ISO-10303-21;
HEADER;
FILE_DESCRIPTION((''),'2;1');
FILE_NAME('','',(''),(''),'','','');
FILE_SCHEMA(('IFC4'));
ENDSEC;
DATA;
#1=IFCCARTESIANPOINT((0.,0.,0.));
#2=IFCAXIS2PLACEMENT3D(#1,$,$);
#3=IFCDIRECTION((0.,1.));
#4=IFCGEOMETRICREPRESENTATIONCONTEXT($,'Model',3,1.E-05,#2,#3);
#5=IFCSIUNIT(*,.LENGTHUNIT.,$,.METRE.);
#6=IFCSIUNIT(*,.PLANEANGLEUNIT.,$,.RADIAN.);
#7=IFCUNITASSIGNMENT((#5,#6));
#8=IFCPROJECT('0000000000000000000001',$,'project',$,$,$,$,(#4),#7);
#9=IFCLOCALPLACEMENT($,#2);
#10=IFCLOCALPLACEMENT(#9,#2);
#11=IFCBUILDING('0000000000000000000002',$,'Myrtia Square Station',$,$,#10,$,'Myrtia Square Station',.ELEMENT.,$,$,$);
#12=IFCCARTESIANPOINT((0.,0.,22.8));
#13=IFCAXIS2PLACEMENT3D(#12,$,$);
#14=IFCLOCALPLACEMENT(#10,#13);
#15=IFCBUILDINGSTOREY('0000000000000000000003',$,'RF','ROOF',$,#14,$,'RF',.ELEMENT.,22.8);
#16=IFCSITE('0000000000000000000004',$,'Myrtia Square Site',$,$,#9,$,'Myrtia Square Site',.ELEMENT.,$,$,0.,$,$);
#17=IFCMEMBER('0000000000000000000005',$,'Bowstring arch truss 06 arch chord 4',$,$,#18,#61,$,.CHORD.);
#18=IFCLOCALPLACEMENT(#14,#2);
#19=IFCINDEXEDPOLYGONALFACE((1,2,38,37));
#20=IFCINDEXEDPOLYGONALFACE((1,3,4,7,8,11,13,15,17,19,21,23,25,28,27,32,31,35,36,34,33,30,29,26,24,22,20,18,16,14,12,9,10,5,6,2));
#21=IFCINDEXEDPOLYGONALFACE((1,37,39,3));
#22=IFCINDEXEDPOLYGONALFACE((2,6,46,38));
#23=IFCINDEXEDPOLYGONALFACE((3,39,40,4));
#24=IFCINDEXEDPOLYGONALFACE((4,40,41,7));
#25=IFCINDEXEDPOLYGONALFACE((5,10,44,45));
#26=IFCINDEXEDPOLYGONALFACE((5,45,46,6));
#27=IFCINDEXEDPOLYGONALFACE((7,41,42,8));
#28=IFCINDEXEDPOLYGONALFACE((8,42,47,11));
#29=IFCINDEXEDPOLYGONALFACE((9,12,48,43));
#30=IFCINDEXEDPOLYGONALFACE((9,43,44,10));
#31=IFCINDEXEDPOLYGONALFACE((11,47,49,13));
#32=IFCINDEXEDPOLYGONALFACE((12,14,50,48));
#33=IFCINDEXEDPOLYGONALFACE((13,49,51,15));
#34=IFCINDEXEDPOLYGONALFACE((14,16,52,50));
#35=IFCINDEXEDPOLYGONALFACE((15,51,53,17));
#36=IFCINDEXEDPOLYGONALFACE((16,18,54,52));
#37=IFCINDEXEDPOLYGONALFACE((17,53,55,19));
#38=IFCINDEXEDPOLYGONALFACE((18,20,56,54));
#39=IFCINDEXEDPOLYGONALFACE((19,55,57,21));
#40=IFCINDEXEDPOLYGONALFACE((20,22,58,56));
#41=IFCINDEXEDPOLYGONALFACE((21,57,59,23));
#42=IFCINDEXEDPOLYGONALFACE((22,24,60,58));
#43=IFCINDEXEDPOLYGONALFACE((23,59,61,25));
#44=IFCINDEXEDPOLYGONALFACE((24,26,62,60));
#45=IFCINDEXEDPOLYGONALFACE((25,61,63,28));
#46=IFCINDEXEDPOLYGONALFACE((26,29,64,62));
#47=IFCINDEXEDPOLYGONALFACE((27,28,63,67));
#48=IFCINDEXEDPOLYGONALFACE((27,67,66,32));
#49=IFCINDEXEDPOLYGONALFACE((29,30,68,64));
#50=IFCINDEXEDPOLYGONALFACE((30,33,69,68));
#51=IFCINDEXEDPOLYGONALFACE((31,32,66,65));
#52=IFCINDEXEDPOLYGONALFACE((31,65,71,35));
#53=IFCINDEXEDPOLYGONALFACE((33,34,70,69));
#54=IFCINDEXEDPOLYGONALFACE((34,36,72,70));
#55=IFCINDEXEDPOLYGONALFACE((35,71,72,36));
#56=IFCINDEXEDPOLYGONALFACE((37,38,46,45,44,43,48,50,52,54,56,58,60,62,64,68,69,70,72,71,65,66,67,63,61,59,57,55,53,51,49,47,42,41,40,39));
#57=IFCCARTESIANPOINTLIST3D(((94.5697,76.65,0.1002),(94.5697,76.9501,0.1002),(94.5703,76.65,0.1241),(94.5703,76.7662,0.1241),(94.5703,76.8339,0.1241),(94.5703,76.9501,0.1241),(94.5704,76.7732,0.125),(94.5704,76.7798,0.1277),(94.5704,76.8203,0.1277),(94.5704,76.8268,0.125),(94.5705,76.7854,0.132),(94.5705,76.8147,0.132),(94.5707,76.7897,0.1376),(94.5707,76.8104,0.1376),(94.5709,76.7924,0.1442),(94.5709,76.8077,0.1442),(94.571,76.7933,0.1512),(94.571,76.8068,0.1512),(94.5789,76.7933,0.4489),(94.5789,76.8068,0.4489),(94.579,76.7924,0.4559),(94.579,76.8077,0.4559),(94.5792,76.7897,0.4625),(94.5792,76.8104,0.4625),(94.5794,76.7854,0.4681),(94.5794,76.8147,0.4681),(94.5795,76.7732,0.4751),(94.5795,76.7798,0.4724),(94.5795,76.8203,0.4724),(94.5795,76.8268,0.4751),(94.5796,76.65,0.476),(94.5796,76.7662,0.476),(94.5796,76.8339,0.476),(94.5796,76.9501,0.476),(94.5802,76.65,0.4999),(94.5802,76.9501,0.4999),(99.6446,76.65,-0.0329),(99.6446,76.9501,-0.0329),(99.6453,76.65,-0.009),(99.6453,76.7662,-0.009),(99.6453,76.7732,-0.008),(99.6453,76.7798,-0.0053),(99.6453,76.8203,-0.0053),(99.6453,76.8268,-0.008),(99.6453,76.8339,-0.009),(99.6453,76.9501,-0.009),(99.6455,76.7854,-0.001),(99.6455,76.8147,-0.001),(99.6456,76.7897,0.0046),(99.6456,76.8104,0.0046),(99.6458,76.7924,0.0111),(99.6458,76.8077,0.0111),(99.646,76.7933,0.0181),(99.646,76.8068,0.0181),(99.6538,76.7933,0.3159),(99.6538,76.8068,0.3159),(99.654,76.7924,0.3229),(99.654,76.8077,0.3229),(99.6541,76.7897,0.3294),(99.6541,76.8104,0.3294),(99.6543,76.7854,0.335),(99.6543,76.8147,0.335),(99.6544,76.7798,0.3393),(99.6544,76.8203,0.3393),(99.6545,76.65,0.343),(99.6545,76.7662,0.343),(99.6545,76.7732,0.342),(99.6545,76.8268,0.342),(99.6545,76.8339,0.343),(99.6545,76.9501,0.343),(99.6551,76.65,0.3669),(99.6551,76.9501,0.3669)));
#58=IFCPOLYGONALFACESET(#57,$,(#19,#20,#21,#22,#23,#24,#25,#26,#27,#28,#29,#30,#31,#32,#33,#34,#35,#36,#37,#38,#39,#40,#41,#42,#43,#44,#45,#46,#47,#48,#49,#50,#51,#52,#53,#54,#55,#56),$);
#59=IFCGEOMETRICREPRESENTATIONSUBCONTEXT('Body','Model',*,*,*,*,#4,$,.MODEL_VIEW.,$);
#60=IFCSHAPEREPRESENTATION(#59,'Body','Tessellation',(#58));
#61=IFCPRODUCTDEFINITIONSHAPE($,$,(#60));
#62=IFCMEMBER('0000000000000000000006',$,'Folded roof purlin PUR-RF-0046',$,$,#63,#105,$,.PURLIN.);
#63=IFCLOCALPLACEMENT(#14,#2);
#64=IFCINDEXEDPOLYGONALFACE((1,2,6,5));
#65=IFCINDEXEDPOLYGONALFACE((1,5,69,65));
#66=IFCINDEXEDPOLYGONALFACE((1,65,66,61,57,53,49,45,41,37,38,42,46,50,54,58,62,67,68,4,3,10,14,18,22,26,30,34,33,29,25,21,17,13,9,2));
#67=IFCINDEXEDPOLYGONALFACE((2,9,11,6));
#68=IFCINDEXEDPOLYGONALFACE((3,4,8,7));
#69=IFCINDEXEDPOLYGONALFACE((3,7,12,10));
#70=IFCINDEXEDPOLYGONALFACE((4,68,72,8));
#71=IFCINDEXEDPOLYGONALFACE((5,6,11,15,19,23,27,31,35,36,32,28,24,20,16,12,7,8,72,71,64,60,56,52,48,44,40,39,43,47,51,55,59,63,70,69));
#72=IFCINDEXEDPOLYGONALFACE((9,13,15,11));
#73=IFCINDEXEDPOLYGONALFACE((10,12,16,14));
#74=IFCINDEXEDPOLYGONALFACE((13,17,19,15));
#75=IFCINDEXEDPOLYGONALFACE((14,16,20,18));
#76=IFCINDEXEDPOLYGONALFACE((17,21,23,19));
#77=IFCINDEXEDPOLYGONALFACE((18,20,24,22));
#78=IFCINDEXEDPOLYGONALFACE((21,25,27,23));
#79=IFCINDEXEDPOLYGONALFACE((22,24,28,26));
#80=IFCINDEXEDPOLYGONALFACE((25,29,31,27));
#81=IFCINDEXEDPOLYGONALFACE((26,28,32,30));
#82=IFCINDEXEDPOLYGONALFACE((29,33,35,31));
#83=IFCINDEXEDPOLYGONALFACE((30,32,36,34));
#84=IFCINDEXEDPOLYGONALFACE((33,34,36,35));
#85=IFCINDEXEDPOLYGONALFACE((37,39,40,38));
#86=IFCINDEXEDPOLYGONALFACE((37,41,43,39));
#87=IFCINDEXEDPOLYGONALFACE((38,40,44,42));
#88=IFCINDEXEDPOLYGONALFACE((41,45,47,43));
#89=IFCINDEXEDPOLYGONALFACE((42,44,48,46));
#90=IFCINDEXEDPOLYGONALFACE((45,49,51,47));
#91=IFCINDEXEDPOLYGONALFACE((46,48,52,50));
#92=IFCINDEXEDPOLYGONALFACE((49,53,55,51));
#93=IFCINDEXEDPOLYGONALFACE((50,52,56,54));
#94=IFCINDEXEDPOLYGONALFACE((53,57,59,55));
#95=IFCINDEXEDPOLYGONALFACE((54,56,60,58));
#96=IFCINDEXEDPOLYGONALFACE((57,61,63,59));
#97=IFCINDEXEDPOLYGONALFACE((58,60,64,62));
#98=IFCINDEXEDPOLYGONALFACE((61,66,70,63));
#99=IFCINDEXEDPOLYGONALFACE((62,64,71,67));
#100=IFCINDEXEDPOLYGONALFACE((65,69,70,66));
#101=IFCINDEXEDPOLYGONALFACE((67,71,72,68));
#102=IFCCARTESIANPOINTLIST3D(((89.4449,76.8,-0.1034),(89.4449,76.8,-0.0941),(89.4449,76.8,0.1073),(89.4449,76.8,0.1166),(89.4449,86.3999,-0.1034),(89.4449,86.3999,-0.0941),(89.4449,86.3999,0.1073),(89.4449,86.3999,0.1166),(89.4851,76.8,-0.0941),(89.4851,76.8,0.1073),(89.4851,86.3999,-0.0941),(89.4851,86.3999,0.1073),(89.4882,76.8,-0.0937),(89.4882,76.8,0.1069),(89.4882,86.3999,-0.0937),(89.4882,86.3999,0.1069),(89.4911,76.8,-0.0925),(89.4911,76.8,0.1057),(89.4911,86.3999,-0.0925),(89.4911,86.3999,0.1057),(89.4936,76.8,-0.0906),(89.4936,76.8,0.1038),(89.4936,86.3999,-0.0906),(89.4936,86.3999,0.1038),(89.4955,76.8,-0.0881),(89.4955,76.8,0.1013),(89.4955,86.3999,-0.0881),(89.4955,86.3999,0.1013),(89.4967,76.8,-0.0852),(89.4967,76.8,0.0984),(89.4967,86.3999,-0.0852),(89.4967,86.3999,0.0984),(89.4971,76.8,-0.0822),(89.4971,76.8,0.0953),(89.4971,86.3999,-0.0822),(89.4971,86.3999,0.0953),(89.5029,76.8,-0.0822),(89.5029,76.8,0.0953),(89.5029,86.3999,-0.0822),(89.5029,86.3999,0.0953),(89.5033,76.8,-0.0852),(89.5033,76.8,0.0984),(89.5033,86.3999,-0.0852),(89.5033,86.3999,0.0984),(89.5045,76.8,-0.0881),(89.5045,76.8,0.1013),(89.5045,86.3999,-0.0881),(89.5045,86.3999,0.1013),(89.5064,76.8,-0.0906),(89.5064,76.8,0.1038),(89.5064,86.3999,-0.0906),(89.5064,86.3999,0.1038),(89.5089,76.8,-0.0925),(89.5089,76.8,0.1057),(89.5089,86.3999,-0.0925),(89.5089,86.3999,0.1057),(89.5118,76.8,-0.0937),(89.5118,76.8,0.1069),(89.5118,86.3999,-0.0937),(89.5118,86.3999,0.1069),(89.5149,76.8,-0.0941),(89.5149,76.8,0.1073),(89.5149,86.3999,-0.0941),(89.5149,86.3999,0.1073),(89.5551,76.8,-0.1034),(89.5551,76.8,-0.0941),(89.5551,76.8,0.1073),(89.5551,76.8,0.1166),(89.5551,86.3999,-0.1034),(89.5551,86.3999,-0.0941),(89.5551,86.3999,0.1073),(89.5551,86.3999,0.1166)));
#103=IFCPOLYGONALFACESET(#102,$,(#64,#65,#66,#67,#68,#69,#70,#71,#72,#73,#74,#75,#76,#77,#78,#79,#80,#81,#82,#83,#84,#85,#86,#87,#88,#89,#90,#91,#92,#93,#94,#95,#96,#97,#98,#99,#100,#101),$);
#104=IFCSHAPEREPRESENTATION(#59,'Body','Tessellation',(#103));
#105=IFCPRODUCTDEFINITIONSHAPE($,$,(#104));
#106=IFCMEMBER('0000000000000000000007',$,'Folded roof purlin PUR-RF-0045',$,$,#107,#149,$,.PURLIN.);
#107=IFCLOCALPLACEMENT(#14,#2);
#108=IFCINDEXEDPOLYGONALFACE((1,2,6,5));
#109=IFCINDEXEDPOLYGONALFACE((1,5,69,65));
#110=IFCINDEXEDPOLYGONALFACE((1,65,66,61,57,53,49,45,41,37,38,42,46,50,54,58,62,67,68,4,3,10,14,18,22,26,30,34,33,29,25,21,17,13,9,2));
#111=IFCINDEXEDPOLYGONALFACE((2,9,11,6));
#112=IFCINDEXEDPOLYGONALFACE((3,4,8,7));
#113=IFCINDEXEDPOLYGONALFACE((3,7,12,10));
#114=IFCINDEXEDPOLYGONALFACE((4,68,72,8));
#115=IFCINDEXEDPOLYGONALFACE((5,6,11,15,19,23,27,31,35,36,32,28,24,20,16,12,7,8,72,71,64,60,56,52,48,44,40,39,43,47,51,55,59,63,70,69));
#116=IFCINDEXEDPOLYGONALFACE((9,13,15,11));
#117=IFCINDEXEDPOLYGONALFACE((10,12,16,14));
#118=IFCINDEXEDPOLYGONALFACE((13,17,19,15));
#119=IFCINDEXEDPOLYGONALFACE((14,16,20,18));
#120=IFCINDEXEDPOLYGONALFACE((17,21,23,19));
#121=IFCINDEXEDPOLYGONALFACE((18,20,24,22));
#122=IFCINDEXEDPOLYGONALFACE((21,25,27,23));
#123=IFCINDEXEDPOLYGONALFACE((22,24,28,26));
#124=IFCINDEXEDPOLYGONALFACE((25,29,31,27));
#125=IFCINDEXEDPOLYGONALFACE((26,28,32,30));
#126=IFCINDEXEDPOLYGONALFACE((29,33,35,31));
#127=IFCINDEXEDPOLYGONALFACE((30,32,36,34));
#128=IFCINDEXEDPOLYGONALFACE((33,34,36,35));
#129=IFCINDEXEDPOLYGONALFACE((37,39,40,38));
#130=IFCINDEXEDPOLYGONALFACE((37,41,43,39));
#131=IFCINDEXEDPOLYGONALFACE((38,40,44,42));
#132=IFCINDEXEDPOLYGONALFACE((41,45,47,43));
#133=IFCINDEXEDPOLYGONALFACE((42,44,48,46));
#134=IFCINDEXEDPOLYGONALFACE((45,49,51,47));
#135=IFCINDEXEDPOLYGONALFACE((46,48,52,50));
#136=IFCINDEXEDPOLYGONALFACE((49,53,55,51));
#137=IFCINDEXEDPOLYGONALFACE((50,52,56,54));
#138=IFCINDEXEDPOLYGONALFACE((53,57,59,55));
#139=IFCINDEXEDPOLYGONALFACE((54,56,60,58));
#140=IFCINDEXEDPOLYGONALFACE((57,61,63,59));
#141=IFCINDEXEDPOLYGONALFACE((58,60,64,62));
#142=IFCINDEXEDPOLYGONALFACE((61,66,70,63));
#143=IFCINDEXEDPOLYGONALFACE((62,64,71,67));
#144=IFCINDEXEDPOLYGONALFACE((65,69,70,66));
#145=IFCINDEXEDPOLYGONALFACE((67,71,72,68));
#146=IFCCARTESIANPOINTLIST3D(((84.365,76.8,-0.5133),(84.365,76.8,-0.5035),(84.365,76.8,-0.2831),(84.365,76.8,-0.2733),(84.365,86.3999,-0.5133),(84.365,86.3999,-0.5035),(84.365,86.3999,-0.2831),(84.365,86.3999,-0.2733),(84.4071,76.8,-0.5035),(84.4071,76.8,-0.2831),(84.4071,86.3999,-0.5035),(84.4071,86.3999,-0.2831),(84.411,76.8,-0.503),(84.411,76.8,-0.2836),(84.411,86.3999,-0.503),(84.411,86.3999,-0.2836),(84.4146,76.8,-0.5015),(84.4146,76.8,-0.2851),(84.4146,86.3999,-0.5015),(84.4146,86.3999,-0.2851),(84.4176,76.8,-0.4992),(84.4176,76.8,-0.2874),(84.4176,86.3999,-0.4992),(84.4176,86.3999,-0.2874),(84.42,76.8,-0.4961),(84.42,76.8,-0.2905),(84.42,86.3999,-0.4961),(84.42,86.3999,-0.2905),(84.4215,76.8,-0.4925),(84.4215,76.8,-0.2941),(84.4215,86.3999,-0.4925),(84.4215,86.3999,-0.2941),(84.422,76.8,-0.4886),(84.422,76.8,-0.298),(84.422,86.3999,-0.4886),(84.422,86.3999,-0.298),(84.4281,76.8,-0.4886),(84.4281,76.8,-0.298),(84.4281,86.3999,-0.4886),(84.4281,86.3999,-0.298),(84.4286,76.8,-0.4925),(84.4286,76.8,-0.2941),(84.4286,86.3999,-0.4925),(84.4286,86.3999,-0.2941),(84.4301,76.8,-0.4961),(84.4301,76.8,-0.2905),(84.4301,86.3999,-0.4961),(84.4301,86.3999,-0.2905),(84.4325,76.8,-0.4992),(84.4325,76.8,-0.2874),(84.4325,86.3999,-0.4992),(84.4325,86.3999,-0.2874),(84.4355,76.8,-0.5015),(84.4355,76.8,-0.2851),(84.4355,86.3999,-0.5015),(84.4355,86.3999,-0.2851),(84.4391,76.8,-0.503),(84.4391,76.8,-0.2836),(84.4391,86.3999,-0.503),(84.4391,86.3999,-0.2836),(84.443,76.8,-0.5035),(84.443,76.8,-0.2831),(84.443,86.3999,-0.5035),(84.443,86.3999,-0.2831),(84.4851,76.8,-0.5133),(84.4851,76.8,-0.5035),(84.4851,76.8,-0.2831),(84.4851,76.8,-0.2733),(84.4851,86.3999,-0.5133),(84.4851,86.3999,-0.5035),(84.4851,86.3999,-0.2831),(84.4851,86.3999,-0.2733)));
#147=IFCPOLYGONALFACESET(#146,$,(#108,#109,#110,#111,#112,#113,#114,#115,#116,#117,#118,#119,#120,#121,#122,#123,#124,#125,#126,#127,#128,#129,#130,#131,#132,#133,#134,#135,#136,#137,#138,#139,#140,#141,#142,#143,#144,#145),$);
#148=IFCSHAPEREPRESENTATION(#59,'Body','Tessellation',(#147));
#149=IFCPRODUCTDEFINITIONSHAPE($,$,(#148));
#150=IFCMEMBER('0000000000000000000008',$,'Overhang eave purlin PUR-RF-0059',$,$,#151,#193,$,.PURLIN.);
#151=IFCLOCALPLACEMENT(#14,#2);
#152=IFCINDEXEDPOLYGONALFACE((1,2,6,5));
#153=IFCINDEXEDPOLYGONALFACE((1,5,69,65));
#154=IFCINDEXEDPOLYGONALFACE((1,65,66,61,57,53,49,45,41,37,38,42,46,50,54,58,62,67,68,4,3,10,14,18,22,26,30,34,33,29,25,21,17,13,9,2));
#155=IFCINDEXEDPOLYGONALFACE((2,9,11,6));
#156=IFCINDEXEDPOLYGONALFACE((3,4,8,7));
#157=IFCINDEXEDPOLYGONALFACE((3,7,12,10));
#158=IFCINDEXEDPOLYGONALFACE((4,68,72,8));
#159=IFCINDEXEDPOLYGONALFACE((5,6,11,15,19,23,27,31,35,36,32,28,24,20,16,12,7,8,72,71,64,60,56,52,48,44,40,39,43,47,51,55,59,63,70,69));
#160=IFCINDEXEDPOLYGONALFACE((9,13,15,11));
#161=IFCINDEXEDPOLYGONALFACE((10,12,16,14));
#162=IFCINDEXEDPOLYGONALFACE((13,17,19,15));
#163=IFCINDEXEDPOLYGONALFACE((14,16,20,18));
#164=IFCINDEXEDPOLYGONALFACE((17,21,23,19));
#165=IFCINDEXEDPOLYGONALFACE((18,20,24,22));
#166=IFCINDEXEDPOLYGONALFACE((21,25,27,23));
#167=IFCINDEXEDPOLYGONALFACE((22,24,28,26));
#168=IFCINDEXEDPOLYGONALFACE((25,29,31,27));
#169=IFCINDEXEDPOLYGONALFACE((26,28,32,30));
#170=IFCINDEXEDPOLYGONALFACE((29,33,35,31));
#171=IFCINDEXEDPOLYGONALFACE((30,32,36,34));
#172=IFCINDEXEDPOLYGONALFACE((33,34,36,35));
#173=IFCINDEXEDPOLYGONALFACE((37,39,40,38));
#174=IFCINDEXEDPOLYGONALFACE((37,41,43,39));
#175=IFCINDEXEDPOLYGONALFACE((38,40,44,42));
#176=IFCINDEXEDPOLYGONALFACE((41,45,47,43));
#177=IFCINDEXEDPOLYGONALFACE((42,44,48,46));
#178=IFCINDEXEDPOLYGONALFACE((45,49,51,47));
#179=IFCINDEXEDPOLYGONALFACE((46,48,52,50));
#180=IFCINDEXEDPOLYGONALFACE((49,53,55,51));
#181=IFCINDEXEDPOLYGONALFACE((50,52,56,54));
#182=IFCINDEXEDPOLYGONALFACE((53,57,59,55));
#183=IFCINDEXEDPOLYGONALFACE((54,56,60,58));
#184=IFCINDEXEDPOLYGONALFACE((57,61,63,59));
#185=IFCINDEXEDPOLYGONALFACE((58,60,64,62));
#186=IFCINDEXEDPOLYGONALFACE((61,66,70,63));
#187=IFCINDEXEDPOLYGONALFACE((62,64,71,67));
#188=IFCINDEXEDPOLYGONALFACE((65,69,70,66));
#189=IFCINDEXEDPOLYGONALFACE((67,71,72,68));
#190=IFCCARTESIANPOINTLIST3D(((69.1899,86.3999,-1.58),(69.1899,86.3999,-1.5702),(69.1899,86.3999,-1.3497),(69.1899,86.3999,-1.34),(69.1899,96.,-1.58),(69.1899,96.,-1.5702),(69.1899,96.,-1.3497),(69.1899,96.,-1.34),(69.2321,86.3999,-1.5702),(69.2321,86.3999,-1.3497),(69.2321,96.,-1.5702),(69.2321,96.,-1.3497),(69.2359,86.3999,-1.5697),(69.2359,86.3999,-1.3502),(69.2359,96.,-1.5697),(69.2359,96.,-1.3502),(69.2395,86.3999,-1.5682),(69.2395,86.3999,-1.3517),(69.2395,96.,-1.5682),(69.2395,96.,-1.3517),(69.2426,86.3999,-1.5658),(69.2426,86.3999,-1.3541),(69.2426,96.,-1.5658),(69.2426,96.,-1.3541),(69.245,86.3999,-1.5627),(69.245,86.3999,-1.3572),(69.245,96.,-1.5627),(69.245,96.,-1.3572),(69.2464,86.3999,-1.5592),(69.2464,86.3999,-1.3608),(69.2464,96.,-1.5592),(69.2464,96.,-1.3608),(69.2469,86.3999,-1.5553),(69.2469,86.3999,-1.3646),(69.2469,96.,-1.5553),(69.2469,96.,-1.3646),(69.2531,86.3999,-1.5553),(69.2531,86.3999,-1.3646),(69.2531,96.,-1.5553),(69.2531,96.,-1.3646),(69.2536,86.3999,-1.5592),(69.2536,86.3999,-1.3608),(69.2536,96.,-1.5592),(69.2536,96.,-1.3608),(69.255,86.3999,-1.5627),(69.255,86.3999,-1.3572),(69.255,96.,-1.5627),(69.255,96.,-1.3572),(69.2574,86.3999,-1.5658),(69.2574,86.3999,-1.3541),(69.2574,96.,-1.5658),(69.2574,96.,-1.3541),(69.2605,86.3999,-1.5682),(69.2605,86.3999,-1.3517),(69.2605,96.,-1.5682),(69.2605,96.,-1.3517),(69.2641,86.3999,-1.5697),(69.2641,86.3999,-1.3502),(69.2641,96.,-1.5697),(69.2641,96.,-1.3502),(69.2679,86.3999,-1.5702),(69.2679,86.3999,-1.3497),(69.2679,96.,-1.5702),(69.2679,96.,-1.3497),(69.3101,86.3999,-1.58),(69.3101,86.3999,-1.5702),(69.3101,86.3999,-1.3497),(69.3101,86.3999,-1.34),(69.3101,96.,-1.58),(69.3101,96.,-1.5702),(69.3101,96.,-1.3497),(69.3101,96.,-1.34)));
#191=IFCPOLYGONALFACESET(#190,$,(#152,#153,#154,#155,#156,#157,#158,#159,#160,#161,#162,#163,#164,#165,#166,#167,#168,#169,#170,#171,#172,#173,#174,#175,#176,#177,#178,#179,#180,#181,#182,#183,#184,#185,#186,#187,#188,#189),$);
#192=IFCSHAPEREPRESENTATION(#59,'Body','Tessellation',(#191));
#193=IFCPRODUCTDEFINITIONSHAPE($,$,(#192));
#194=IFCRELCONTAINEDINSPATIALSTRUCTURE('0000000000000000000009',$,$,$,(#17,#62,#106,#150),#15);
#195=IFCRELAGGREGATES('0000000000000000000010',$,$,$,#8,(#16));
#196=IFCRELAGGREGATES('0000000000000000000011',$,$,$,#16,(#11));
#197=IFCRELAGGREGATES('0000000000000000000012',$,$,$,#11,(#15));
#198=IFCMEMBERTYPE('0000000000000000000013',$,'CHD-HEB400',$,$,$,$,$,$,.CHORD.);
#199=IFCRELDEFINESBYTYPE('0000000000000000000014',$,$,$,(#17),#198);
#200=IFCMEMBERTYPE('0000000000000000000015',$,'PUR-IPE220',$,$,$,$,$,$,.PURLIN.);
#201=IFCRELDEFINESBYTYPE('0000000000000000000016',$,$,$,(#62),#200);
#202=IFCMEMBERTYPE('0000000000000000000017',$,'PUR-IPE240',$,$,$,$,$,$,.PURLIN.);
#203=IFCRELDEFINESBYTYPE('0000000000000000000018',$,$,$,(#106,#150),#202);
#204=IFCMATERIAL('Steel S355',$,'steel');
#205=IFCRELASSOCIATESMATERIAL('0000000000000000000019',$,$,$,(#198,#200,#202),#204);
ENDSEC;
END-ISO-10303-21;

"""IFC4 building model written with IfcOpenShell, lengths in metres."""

from ifc_helpers import new_model, si_unit, direction, frame, origin, origin_2d, place, context, subcontext, project, spatial, i_section, extrude, material, material_profile, profile_set, type_object, element, save


model = new_model("IFC4")

# Units and contexts
model_context = context("Model", 3, precision=1e-05, world=origin(), true_north=direction((0.0, 1.0)))
body_context = subcontext(model_context, "Body", "Model", "MODEL_VIEW")
ifc_project = project(units=[si_unit("LENGTHUNIT", "METRE"), si_unit("PLANEANGLEUNIT", "RADIAN")], contexts=[model_context])

# Site, building, storey
site_placement = place(None, origin())
site = spatial("IfcSite", under=ifc_project, at=site_placement, Name="Myrtia Square Site", LongName="Myrtia Square Site", CompositionType="ELEMENT", RefElevation=0.0)
building_placement = place(site_placement, origin())
building = spatial("IfcBuilding", under=site, at=building_placement, Name="Myrtia Square Station", LongName="Myrtia Square Station", CompositionType="ELEMENT")
storey_placement = place(building_placement, frame((0.0, 0.0, 22.8)))
storey = spatial("IfcBuildingStorey", under=building, at=storey_placement, Name="RF", Description="ROOF", LongName="RF", CompositionType="ELEMENT", Elevation=22.8)

# Members
ifc_material_1 = material(Name="Steel S355", Category="steel")
ifc_material_profile_1 = material_profile(ifc_material_1, i_section(OverallWidth=0.3, OverallDepth=0.3999, WebThickness=0.0134, FlangeThickness=0.0239, FilletRadius=0.0271, at=origin_2d()), Name="HEB 400")
ifc_profile_set_1 = profile_set([ifc_material_profile_1], Name="Steel S355")
member_type_1 = type_object("IfcMemberType", Name="CHD-HEB400", PredefinedType="CHORD", material=ifc_profile_set_1)
for number, where, z_axis, x_axis, name in (
    (1, (94.575, 76.8, 0.3), (0.999656, 0.0, -0.026209), (0.0, 1.0, 0.0), "Bowstring arch truss 06 arch chord 4"),
):
    element("IfcMember", number, at=place(storey_placement, frame(where, z_axis=z_axis, x_axis=x_axis)), inside=storey, type_object=member_type_1, Name=name, PredefinedType="CHORD", context=body_context, shape_type="SweptSolid", body=[
        extrude(i_section(OverallWidth=0.3, OverallDepth=0.3999, WebThickness=0.0134, FlangeThickness=0.0239, FilletRadius=0.0271, at=origin_2d()), origin(), (0.0, 0.0, 1.0), 5.0767),
    ])
ifc_material_profile_2 = material_profile(ifc_material_1, i_section(OverallWidth=0.1101, OverallDepth=0.22, WebThickness=0.0059, FlangeThickness=0.0093, FilletRadius=0.012, at=origin_2d()), Name="IPE 220")
ifc_profile_set_2 = profile_set([ifc_material_profile_2], Name="Steel S355")
member_type_2 = type_object("IfcMemberType", Name="PUR-IPE220", PredefinedType="PURLIN", material=ifc_profile_set_2)
member_1_placement = place(storey_placement, frame((89.5, 76.8, 0.0066), z_axis=(0.0, 1.0, 0.0), x_axis=(-1.0, 0.0, 0.0)))
element("IfcMember", 2, at=member_1_placement, inside=storey, type_object=member_type_2, Name="Folded roof purlin PUR-RF-0046", PredefinedType="PURLIN", context=body_context, shape_type="SweptSolid", body=[
    extrude(i_section(OverallWidth=0.1101, OverallDepth=0.22, WebThickness=0.0059, FlangeThickness=0.0093, FilletRadius=0.012, at=origin_2d()), origin(), (0.0, 0.0, 1.0), 9.5999),
])
ifc_material_profile_3 = material_profile(ifc_material_1, i_section(OverallWidth=0.1201, OverallDepth=0.24, WebThickness=0.0061, FlangeThickness=0.0098, FilletRadius=0.0149, at=origin_2d()), Name="IPE 240")
ifc_profile_set_3 = profile_set([ifc_material_profile_3], Name="Steel S355")
member_type_3 = type_object("IfcMemberType", Name="PUR-IPE240", PredefinedType="PURLIN", material=ifc_profile_set_3)
member_2_placement = place(storey_placement, frame((84.425, 76.8, -0.3933), z_axis=(0.0, 1.0, 0.0), x_axis=(-1.0, 0.0, 0.0)))
element("IfcMember", 3, at=member_2_placement, inside=storey, type_object=member_type_3, Name="Folded roof purlin PUR-RF-0045", PredefinedType="PURLIN", context=body_context, shape_type="SweptSolid", body=[
    extrude(i_section(OverallWidth=0.1201, OverallDepth=0.24, WebThickness=0.0061, FlangeThickness=0.0098, FilletRadius=0.0149, at=origin_2d()), origin(), (0.0, 0.0, 1.0), 9.5999),
])
member_3_placement = place(storey_placement, frame((69.25, 86.3999, -1.46), z_axis=(0.0, 1.0, 0.0), x_axis=(-1.0, 0.0, 0.0)))
element("IfcMember", 4, at=member_3_placement, inside=storey, type_object=member_type_3, Name="Overhang eave purlin PUR-RF-0059", PredefinedType="PURLIN", context=body_context, shape_type="SweptSolid", body=[
    extrude(i_section(OverallWidth=0.1201, OverallDepth=0.24, WebThickness=0.0061, FlangeThickness=0.0098, FilletRadius=0.0149, at=origin_2d()), origin(), (0.0, 0.0, 1.0), 9.6001),
])

save(model, "model.ifc")
